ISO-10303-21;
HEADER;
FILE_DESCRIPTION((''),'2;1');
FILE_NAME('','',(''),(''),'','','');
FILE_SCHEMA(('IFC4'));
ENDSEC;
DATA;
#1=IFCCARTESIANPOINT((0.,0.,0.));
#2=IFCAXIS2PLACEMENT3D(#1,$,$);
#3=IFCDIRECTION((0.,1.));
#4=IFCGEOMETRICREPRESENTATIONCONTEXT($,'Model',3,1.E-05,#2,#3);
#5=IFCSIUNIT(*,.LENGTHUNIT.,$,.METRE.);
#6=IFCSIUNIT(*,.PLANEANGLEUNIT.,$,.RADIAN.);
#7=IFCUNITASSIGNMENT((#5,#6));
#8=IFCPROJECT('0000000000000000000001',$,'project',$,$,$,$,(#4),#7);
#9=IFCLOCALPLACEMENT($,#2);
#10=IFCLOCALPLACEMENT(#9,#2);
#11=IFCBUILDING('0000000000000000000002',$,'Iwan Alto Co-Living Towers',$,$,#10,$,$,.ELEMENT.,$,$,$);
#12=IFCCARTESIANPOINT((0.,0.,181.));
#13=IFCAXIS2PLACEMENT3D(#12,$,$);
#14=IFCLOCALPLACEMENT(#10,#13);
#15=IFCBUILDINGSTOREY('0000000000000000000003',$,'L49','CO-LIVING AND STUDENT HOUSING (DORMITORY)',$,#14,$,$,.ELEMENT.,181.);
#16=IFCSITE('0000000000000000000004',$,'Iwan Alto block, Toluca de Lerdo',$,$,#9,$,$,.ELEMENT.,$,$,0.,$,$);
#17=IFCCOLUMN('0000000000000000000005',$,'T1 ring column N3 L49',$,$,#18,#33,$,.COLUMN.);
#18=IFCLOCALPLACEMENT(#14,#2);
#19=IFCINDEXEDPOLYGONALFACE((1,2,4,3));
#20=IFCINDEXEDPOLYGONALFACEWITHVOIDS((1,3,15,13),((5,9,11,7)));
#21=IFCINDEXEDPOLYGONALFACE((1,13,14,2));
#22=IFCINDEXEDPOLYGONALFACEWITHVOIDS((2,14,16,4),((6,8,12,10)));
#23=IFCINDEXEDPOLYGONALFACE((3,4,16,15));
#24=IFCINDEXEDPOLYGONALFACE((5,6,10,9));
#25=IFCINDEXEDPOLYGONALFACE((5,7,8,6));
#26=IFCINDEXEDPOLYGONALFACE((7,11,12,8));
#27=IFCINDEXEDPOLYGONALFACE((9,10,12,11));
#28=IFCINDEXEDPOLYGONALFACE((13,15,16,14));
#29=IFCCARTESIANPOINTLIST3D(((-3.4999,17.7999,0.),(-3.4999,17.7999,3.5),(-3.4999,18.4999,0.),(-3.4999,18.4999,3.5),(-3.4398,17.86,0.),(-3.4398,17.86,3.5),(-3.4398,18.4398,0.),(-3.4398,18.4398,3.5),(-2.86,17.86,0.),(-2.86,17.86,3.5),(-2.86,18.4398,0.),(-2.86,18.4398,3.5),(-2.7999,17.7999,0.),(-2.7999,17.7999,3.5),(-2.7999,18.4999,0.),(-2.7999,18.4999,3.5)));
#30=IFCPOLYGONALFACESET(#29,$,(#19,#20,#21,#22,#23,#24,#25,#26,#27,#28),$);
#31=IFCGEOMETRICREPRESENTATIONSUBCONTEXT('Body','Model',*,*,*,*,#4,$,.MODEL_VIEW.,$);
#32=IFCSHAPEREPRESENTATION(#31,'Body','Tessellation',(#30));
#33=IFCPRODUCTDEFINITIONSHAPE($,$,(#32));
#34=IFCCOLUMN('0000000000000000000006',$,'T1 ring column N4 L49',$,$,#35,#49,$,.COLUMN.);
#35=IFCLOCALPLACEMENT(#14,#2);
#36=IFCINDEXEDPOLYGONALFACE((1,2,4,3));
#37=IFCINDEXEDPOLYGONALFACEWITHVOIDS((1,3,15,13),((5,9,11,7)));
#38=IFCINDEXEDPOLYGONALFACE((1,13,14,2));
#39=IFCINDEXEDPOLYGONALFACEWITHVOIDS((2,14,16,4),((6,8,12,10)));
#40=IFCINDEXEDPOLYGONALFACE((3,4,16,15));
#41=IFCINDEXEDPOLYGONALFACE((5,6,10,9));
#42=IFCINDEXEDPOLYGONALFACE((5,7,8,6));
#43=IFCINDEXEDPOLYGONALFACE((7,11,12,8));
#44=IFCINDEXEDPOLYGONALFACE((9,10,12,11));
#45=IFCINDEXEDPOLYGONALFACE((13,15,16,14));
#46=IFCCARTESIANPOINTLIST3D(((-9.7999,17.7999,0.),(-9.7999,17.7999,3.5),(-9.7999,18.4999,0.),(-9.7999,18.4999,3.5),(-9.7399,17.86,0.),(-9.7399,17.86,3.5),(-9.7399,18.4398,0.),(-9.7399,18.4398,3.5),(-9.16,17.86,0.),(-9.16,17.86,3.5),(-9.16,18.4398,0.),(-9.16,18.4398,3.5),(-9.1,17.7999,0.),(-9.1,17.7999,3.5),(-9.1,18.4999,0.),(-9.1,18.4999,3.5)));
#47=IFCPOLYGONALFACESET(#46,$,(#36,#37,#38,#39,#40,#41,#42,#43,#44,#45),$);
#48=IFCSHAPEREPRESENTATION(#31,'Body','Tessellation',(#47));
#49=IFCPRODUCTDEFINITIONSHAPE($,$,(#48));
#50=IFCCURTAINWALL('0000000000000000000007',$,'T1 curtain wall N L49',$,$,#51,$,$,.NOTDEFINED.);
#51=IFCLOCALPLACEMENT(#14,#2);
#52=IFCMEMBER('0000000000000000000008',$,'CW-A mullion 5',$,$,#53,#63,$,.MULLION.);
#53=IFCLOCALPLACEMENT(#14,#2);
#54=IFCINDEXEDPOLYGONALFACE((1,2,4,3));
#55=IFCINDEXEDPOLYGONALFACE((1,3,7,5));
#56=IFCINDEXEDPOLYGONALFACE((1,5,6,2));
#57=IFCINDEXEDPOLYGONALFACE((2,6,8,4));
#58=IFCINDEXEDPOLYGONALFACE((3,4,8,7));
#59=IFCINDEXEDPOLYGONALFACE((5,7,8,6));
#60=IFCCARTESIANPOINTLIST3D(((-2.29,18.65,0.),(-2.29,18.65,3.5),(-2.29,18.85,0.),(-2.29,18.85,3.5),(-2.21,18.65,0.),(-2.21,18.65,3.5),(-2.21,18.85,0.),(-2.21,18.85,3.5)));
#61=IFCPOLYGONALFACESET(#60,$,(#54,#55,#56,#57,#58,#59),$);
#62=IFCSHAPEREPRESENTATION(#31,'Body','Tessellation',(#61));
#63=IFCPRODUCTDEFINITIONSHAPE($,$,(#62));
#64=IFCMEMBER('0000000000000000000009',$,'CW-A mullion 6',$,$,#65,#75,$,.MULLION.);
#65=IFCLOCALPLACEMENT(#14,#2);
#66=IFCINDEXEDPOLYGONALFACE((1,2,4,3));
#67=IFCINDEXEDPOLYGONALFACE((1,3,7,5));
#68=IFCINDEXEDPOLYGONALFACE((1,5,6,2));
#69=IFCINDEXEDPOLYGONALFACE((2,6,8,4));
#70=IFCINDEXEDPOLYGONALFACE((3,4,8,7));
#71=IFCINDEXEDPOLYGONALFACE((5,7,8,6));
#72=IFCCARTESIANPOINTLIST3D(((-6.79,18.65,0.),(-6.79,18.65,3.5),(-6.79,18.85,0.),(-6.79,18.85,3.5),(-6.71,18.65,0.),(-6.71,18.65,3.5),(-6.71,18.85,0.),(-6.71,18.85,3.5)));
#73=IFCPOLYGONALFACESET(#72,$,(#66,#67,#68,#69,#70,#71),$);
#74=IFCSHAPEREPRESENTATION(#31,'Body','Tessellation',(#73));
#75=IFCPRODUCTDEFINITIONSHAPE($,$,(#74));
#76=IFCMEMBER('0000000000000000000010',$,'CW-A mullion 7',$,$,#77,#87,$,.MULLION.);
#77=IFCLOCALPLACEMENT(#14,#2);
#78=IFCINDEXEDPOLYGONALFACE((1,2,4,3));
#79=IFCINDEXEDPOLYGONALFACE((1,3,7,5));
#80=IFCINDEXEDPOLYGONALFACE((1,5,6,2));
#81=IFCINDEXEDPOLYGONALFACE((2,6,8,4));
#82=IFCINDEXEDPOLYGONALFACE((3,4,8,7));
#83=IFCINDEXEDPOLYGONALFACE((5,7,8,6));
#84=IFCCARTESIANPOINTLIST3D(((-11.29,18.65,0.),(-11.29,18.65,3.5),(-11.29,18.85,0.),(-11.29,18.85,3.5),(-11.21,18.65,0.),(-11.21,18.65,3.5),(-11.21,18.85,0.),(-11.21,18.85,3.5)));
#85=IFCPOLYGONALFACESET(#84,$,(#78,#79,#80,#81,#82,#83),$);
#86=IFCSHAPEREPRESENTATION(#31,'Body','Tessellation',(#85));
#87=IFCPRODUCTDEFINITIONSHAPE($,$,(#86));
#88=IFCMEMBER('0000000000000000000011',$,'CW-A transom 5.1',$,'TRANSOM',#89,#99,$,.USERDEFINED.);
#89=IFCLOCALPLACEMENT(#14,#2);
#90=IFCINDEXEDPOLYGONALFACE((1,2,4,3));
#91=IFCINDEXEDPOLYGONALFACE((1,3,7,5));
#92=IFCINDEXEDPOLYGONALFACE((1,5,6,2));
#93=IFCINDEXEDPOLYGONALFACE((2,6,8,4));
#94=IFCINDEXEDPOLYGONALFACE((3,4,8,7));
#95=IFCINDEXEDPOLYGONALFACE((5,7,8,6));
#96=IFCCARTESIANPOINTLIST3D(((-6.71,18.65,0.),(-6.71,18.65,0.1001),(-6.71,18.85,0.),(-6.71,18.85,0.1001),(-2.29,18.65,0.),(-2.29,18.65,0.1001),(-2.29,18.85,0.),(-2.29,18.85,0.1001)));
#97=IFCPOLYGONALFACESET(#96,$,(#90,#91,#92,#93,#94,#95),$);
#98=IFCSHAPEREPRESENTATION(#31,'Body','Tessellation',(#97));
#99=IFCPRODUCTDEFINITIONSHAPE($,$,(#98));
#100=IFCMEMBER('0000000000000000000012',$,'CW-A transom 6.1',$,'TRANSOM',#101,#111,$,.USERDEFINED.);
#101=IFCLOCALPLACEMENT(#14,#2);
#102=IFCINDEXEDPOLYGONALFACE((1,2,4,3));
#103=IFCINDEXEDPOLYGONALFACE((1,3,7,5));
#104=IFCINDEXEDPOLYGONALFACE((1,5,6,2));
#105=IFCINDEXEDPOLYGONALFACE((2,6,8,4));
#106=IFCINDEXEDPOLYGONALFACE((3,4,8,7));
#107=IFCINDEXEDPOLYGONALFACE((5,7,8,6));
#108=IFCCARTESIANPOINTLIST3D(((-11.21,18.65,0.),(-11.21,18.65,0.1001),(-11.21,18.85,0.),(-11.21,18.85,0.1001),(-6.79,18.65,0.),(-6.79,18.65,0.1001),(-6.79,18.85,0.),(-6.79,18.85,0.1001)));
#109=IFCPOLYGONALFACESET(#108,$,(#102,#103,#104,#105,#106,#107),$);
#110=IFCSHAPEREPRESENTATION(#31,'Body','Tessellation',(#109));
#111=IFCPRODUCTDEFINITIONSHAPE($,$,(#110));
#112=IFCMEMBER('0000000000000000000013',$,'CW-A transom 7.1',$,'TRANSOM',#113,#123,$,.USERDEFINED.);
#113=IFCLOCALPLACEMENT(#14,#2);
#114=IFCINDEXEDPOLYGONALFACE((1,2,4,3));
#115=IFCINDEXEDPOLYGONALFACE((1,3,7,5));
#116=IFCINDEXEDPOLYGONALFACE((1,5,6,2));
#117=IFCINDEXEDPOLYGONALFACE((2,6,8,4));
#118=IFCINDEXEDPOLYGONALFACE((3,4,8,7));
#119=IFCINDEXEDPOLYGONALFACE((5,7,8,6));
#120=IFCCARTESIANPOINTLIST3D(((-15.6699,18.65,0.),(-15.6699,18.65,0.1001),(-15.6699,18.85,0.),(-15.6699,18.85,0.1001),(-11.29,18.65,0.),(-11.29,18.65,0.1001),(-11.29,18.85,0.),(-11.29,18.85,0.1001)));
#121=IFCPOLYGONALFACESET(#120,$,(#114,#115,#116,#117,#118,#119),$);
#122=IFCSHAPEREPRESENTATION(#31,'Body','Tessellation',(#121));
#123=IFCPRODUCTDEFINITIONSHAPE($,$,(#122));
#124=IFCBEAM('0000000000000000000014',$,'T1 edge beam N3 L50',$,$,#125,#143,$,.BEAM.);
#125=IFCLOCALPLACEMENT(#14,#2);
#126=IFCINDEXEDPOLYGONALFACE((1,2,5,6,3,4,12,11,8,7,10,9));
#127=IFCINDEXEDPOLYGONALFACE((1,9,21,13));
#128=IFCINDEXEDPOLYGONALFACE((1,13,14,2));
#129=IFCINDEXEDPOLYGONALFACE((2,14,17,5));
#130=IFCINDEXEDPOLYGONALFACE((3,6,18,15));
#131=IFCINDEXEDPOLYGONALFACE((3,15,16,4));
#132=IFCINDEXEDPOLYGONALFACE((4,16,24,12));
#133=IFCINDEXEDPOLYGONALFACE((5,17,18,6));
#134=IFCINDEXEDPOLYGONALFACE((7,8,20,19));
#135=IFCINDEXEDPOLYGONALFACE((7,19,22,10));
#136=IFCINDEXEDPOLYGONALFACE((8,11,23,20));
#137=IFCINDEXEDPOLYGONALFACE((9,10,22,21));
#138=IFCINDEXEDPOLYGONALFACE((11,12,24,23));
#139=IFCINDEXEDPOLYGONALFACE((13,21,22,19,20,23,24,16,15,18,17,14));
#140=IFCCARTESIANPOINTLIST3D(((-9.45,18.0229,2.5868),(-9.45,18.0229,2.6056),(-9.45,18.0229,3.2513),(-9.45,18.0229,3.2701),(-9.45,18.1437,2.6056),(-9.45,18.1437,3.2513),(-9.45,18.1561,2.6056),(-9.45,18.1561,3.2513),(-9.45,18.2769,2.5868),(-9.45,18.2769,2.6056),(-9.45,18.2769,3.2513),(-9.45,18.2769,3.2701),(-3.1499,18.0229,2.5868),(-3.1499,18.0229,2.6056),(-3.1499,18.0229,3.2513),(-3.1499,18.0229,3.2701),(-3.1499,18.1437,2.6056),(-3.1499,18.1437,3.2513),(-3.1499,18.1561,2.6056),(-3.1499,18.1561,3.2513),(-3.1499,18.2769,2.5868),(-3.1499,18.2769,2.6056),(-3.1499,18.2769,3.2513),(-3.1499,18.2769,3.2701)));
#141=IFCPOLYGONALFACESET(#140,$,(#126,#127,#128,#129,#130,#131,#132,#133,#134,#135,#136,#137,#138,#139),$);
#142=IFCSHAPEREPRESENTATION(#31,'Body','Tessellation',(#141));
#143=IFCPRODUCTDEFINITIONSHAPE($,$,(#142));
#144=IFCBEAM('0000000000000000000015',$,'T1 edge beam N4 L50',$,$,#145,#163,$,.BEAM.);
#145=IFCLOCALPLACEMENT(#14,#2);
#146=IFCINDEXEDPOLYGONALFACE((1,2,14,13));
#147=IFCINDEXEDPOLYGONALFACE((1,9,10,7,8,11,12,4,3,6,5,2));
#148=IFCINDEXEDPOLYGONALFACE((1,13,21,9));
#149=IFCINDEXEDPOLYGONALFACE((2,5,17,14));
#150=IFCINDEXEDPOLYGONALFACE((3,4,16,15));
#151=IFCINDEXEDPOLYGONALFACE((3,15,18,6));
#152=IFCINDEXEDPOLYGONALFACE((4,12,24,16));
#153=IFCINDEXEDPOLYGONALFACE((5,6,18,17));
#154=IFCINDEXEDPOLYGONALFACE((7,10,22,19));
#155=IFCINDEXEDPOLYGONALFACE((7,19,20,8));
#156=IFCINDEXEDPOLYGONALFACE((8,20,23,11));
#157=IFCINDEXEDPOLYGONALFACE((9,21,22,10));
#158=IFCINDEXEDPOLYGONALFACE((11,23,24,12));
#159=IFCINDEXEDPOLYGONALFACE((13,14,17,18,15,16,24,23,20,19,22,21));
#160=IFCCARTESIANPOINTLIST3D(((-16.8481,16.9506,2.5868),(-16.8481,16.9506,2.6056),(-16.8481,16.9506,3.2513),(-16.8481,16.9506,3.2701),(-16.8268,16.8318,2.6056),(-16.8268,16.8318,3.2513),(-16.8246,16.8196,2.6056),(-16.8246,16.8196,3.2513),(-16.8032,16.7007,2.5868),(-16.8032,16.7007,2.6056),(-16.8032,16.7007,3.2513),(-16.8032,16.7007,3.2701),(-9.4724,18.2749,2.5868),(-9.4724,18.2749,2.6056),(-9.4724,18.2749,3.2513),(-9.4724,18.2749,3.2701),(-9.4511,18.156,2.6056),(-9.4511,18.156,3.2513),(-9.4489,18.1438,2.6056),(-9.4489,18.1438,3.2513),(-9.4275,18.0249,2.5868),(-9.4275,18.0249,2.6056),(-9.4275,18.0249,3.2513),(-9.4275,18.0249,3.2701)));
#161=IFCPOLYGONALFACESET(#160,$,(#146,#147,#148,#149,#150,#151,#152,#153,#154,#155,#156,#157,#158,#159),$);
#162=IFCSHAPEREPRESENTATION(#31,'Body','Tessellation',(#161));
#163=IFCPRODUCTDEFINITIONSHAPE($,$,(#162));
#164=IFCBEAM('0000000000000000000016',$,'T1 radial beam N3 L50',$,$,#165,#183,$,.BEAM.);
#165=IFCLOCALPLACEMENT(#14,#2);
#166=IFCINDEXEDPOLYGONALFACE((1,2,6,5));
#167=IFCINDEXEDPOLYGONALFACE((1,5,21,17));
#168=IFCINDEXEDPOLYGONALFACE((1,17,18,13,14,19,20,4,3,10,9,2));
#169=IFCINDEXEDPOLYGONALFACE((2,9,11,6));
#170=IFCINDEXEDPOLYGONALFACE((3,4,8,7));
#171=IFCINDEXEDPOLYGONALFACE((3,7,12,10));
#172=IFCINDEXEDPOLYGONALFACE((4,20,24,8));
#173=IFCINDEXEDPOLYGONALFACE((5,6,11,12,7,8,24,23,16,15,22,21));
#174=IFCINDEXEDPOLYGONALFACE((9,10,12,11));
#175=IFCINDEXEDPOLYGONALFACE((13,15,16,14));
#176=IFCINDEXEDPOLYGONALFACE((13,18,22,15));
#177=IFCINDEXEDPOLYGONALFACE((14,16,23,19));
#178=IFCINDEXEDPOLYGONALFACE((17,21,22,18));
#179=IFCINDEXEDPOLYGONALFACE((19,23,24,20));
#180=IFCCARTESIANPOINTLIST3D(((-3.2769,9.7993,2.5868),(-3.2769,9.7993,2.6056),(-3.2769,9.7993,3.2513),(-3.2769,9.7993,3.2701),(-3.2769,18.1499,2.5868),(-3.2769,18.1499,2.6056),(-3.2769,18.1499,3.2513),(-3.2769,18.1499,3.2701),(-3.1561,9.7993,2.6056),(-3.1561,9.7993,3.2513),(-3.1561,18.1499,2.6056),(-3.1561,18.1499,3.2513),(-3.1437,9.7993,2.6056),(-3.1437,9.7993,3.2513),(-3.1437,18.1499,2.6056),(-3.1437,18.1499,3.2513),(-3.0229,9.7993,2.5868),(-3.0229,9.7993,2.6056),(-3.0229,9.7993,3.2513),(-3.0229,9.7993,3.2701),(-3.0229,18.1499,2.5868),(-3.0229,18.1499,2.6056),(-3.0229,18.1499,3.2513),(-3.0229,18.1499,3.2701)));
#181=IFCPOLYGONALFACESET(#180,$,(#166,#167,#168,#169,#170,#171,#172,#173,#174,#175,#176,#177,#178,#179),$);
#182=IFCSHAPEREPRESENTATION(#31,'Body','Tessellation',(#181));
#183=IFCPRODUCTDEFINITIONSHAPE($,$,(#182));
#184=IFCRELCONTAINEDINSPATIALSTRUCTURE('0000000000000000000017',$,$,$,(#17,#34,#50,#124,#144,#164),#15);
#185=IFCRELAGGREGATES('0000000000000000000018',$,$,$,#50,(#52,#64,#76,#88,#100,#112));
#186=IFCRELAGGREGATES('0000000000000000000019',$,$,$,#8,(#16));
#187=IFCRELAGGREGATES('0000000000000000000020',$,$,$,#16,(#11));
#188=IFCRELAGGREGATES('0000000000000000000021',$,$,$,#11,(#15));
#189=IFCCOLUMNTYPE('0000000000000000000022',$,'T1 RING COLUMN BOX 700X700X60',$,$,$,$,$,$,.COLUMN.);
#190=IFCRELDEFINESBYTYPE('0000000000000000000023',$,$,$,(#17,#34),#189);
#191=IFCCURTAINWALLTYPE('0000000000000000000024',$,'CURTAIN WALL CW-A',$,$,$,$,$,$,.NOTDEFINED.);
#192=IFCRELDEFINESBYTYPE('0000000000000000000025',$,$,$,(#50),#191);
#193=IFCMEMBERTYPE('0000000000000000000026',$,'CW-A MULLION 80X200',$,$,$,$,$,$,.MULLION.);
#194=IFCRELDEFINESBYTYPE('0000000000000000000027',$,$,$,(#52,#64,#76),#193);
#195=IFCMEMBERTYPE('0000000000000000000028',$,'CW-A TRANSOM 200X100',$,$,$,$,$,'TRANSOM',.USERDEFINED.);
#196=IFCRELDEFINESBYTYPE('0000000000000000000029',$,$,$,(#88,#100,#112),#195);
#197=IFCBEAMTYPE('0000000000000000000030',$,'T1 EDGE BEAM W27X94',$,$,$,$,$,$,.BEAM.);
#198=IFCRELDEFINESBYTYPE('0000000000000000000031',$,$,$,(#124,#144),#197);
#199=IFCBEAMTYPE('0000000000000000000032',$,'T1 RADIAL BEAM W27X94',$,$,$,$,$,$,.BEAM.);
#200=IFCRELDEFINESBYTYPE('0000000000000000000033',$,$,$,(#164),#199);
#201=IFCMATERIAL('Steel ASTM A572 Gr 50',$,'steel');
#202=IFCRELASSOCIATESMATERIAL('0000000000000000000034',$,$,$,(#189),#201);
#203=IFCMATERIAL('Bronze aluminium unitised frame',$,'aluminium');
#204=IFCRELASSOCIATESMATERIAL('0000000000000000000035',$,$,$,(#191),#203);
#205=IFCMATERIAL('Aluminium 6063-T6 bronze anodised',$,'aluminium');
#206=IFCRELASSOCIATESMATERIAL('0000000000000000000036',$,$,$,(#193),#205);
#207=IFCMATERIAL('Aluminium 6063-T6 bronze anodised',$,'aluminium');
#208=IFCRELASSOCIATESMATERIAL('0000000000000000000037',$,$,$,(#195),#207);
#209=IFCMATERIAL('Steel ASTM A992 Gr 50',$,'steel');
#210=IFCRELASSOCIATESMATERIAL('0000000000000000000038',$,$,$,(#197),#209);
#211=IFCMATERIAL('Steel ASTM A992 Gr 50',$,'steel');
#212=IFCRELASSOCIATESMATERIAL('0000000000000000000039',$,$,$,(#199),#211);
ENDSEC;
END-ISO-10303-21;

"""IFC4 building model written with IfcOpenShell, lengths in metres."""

from ifc_helpers import new_model, si_unit, direction, frame, origin, origin_2d, place, context, subcontext, project, spatial, rectangle, hollow_rectangle, i_section, extrude, material, material_profile, profile_set, type_object, element, aggregate, save


model = new_model("IFC4")

# Units and contexts
model_context = context("Model", 3, precision=1e-05, world=origin(), true_north=direction((0.0, 1.0)))
body_context = subcontext(model_context, "Body", "Model", "MODEL_VIEW")
ifc_project = project(units=[si_unit("LENGTHUNIT", "METRE"), si_unit("PLANEANGLEUNIT", "RADIAN")], contexts=[model_context])

# Site, building, storey
site_placement = place(None, origin())
site = spatial("IfcSite", under=ifc_project, at=site_placement, Name="Iwan Alto block, Toluca de Lerdo", CompositionType="ELEMENT", RefElevation=0.0)
building_placement = place(site_placement, origin())
building = spatial("IfcBuilding", under=site, at=building_placement, Name="Iwan Alto Co-Living Towers", CompositionType="ELEMENT")
storey_placement = place(building_placement, frame((0.0, 0.0, 181.0)))
storey = spatial("IfcBuildingStorey", under=building, at=storey_placement, Name="L49", Description="CO-LIVING AND STUDENT HOUSING (DORMITORY)", CompositionType="ELEMENT", Elevation=181.0)

# Columns
ifc_material_1 = material(Name="Steel ASTM A572 Gr 50", Category="steel")
ifc_material_profile_1 = material_profile(ifc_material_1, hollow_rectangle(XDim=0.7, YDim=0.7, WallThickness=0.0601, at=origin_2d()), Name="BOX 700X700X60")
ifc_profile_set_1 = profile_set([ifc_material_profile_1], Name="Steel ASTM A572 Gr 50")
column_type = type_object("IfcColumnType", Name="T1 RING COLUMN BOX 700X700X60", PredefinedType="COLUMN", material=ifc_profile_set_1)
for number, where, z_axis, x_axis, name in (
    (1, (-3.1499, 18.1499, 0.0), (0.0, 0.0, 1.0), (1.0, 0.0, 0.0), "T1 ring column N3 L49"),
    (2, (-9.45, 18.1499, 0.0), (0.0, 0.0, 1.0), (1.0, 0.0, 0.0), "T1 ring column N4 L49"),
):
    element("IfcColumn", number, at=place(storey_placement, frame(where, z_axis=z_axis, x_axis=x_axis)), inside=storey, type_object=column_type, Name=name, PredefinedType="COLUMN", context=body_context, shape_type="SweptSolid", body=[
        extrude(hollow_rectangle(XDim=0.7, YDim=0.7, WallThickness=0.0601, at=origin_2d()), origin(), (0.0, 0.0, 1.0), 3.5),
    ])

# Curtain wall, members
ifc_material_2 = material(Name="Bronze aluminium unitised frame", Category="aluminium")
curtain_wall_type = type_object("IfcCurtainWallType", Name="CURTAIN WALL CW-A", PredefinedType="NOTDEFINED", material=ifc_material_2)
curtain_wall_placement = place(storey_placement, origin())
curtain_wall = element("IfcCurtainWall", 3, at=curtain_wall_placement, inside=storey, type_object=curtain_wall_type, Name="T1 curtain wall N L49", PredefinedType="NOTDEFINED")
ifc_material_3 = material(Name="Aluminium 6063-T6 bronze anodised", Category="aluminium")
ifc_material_profile_2 = material_profile(ifc_material_3, rectangle(XDim=0.2, YDim=0.0801, at=origin_2d()), Name="AL 80X200")
ifc_profile_set_2 = profile_set([ifc_material_profile_2], Name="Aluminium 6063-T6 bronze anodised")
member_type_1 = type_object("IfcMemberType", Name="CW-A MULLION 80X200", PredefinedType="MULLION", material=ifc_profile_set_2)
member_1_placement = place(storey_placement, frame((-2.25, 18.75, 0.0), z_axis=(0.0, 0.0, 1.0), x_axis=(0.0, -1.0, 0.0)))
member_1 = element("IfcMember", 4, at=member_1_placement, type_object=member_type_1, Name="CW-A mullion 5", PredefinedType="MULLION", context=body_context, shape_type="SweptSolid", body=[
    extrude(rectangle(XDim=0.2, YDim=0.0801, at=origin_2d()), origin(), (0.0, 0.0, 1.0), 3.5),
])
member_2_placement = place(storey_placement, frame((-6.75, 18.75, 0.0), z_axis=(0.0, 0.0, 1.0), x_axis=(0.0, -1.0, 0.0)))
member_2 = element("IfcMember", 5, at=member_2_placement, type_object=member_type_1, Name="CW-A mullion 6", PredefinedType="MULLION", context=body_context, shape_type="SweptSolid", body=[
    extrude(rectangle(XDim=0.2, YDim=0.0801, at=origin_2d()), origin(), (0.0, 0.0, 1.0), 3.5),
])
member_3_placement = place(storey_placement, frame((-11.25, 18.75, 0.0), z_axis=(0.0, 0.0, 1.0), x_axis=(0.0, -1.0, 0.0)))
member_3 = element("IfcMember", 6, at=member_3_placement, type_object=member_type_1, Name="CW-A mullion 7", PredefinedType="MULLION", context=body_context, shape_type="SweptSolid", body=[
    extrude(rectangle(XDim=0.2, YDim=0.0801, at=origin_2d()), origin(), (0.0, 0.0, 1.0), 3.5),
])
ifc_material_4 = material(Name="Aluminium 6063-T6 bronze anodised", Category="aluminium")
ifc_material_profile_3 = material_profile(ifc_material_4, rectangle(XDim=0.2, YDim=0.1001, at=origin_2d()), Name="AL 200X100")
ifc_profile_set_3 = profile_set([ifc_material_profile_3], Name="Aluminium 6063-T6 bronze anodised")
member_type_2 = type_object("IfcMemberType", Name="CW-A TRANSOM 200X100", ElementType="TRANSOM", PredefinedType="USERDEFINED", material=ifc_profile_set_3)
member_4_placement = place(storey_placement, frame((-2.29, 18.75, 0.05), z_axis=(-1.0, 0.0, 0.0), x_axis=(0.0, -1.0, 0.0)))
member_4 = element("IfcMember", 7, at=member_4_placement, type_object=member_type_2, Name="CW-A transom 5.1", ObjectType="TRANSOM", PredefinedType="USERDEFINED", context=body_context, shape_type="SweptSolid", body=[
    extrude(rectangle(XDim=0.2, YDim=0.1001, at=origin_2d()), origin(), (0.0, 0.0, 1.0), 4.4199),
])
member_5_placement = place(storey_placement, frame((-6.79, 18.75, 0.05), z_axis=(-1.0, 0.0, 0.0), x_axis=(0.0, -1.0, 0.0)))
member_5 = element("IfcMember", 8, at=member_5_placement, type_object=member_type_2, Name="CW-A transom 6.1", ObjectType="TRANSOM", PredefinedType="USERDEFINED", context=body_context, shape_type="SweptSolid", body=[
    extrude(rectangle(XDim=0.2, YDim=0.1001, at=origin_2d()), origin(), (0.0, 0.0, 1.0), 4.4199),
])
member_6_placement = place(storey_placement, frame((-11.29, 18.75, 0.05), z_axis=(-1.0, 0.0, 0.0), x_axis=(0.0, -1.0, 0.0)))
member_6 = element("IfcMember", 9, at=member_6_placement, type_object=member_type_2, Name="CW-A transom 7.1", ObjectType="TRANSOM", PredefinedType="USERDEFINED", context=body_context, shape_type="SweptSolid", body=[
    extrude(rectangle(XDim=0.2, YDim=0.1001, at=origin_2d()), origin(), (0.0, 0.0, 1.0), 4.3799),
])

# Beams
ifc_material_5 = material(Name="Steel ASTM A992 Gr 50", Category="steel")
ifc_material_profile_4 = material_profile(ifc_material_5, i_section(OverallWidth=0.2539, OverallDepth=0.6833, WebThickness=0.0125, FlangeThickness=0.0188, at=origin_2d()), Name="W27X94")
ifc_profile_set_4 = profile_set([ifc_material_profile_4], Name="Steel ASTM A992 Gr 50")
beam_type_1 = type_object("IfcBeamType", Name="T1 EDGE BEAM W27X94", PredefinedType="BEAM", material=ifc_profile_set_4)
beam_1_placement = place(storey_placement, frame((-3.1499, 18.1499, 2.9285), z_axis=(-1.0, 0.0, 0.0), x_axis=(0.0, -1.0, 0.0)))
element("IfcBeam", 10, at=beam_1_placement, inside=storey, type_object=beam_type_1, Name="T1 edge beam N3 L50", PredefinedType="BEAM", context=body_context, shape_type="SweptSolid", body=[
    extrude(i_section(OverallWidth=0.2539, OverallDepth=0.6833, WebThickness=0.0125, FlangeThickness=0.0188, at=origin_2d()), origin(), (0.0, 0.0, 1.0), 6.3),
])
beam_2_placement = place(storey_placement, frame((-9.45, 18.1499, 2.9285), z_axis=(-0.984263, -0.176712, 0.0), x_axis=(0.176712, -0.984263, 0.0)))
element("IfcBeam", 11, at=beam_2_placement, inside=storey, type_object=beam_type_1, Name="T1 edge beam N4 L50", PredefinedType="BEAM", context=body_context, shape_type="SweptSolid", body=[
    extrude(i_section(OverallWidth=0.2539, OverallDepth=0.6833, WebThickness=0.0125, FlangeThickness=0.0188, at=origin_2d()), origin(), (0.0, 0.0, 1.0), 7.4937),
])
ifc_material_6 = material(Name="Steel ASTM A992 Gr 50", Category="steel")
ifc_material_profile_5 = material_profile(ifc_material_6, i_section(OverallWidth=0.2539, OverallDepth=0.6833, WebThickness=0.0125, FlangeThickness=0.0188, at=origin_2d()), Name="W27X94")
ifc_profile_set_5 = profile_set([ifc_material_profile_5], Name="Steel ASTM A992 Gr 50")
beam_type_2 = type_object("IfcBeamType", Name="T1 RADIAL BEAM W27X94", PredefinedType="BEAM", material=ifc_profile_set_5)
for number, where, z_axis, x_axis, name in (
    (12, (-3.1499, 18.1499, 2.9285), (0.0, -1.0, 0.0), (1.0, 0.0, 0.0), "T1 radial beam N3 L50"),
):
    element("IfcBeam", number, at=place(storey_placement, frame(where, z_axis=z_axis, x_axis=x_axis)), inside=storey, type_object=beam_type_2, Name=name, PredefinedType="BEAM", context=body_context, shape_type="SweptSolid", body=[
        extrude(i_section(OverallWidth=0.2539, OverallDepth=0.6833, WebThickness=0.0125, FlangeThickness=0.0188, at=origin_2d()), origin(), (0.0, 0.0, 1.0), 8.3506),
    ])

aggregate(curtain_wall, [member_1, member_2, member_3, member_4, member_5, member_6])

save(model, "model.ifc")
